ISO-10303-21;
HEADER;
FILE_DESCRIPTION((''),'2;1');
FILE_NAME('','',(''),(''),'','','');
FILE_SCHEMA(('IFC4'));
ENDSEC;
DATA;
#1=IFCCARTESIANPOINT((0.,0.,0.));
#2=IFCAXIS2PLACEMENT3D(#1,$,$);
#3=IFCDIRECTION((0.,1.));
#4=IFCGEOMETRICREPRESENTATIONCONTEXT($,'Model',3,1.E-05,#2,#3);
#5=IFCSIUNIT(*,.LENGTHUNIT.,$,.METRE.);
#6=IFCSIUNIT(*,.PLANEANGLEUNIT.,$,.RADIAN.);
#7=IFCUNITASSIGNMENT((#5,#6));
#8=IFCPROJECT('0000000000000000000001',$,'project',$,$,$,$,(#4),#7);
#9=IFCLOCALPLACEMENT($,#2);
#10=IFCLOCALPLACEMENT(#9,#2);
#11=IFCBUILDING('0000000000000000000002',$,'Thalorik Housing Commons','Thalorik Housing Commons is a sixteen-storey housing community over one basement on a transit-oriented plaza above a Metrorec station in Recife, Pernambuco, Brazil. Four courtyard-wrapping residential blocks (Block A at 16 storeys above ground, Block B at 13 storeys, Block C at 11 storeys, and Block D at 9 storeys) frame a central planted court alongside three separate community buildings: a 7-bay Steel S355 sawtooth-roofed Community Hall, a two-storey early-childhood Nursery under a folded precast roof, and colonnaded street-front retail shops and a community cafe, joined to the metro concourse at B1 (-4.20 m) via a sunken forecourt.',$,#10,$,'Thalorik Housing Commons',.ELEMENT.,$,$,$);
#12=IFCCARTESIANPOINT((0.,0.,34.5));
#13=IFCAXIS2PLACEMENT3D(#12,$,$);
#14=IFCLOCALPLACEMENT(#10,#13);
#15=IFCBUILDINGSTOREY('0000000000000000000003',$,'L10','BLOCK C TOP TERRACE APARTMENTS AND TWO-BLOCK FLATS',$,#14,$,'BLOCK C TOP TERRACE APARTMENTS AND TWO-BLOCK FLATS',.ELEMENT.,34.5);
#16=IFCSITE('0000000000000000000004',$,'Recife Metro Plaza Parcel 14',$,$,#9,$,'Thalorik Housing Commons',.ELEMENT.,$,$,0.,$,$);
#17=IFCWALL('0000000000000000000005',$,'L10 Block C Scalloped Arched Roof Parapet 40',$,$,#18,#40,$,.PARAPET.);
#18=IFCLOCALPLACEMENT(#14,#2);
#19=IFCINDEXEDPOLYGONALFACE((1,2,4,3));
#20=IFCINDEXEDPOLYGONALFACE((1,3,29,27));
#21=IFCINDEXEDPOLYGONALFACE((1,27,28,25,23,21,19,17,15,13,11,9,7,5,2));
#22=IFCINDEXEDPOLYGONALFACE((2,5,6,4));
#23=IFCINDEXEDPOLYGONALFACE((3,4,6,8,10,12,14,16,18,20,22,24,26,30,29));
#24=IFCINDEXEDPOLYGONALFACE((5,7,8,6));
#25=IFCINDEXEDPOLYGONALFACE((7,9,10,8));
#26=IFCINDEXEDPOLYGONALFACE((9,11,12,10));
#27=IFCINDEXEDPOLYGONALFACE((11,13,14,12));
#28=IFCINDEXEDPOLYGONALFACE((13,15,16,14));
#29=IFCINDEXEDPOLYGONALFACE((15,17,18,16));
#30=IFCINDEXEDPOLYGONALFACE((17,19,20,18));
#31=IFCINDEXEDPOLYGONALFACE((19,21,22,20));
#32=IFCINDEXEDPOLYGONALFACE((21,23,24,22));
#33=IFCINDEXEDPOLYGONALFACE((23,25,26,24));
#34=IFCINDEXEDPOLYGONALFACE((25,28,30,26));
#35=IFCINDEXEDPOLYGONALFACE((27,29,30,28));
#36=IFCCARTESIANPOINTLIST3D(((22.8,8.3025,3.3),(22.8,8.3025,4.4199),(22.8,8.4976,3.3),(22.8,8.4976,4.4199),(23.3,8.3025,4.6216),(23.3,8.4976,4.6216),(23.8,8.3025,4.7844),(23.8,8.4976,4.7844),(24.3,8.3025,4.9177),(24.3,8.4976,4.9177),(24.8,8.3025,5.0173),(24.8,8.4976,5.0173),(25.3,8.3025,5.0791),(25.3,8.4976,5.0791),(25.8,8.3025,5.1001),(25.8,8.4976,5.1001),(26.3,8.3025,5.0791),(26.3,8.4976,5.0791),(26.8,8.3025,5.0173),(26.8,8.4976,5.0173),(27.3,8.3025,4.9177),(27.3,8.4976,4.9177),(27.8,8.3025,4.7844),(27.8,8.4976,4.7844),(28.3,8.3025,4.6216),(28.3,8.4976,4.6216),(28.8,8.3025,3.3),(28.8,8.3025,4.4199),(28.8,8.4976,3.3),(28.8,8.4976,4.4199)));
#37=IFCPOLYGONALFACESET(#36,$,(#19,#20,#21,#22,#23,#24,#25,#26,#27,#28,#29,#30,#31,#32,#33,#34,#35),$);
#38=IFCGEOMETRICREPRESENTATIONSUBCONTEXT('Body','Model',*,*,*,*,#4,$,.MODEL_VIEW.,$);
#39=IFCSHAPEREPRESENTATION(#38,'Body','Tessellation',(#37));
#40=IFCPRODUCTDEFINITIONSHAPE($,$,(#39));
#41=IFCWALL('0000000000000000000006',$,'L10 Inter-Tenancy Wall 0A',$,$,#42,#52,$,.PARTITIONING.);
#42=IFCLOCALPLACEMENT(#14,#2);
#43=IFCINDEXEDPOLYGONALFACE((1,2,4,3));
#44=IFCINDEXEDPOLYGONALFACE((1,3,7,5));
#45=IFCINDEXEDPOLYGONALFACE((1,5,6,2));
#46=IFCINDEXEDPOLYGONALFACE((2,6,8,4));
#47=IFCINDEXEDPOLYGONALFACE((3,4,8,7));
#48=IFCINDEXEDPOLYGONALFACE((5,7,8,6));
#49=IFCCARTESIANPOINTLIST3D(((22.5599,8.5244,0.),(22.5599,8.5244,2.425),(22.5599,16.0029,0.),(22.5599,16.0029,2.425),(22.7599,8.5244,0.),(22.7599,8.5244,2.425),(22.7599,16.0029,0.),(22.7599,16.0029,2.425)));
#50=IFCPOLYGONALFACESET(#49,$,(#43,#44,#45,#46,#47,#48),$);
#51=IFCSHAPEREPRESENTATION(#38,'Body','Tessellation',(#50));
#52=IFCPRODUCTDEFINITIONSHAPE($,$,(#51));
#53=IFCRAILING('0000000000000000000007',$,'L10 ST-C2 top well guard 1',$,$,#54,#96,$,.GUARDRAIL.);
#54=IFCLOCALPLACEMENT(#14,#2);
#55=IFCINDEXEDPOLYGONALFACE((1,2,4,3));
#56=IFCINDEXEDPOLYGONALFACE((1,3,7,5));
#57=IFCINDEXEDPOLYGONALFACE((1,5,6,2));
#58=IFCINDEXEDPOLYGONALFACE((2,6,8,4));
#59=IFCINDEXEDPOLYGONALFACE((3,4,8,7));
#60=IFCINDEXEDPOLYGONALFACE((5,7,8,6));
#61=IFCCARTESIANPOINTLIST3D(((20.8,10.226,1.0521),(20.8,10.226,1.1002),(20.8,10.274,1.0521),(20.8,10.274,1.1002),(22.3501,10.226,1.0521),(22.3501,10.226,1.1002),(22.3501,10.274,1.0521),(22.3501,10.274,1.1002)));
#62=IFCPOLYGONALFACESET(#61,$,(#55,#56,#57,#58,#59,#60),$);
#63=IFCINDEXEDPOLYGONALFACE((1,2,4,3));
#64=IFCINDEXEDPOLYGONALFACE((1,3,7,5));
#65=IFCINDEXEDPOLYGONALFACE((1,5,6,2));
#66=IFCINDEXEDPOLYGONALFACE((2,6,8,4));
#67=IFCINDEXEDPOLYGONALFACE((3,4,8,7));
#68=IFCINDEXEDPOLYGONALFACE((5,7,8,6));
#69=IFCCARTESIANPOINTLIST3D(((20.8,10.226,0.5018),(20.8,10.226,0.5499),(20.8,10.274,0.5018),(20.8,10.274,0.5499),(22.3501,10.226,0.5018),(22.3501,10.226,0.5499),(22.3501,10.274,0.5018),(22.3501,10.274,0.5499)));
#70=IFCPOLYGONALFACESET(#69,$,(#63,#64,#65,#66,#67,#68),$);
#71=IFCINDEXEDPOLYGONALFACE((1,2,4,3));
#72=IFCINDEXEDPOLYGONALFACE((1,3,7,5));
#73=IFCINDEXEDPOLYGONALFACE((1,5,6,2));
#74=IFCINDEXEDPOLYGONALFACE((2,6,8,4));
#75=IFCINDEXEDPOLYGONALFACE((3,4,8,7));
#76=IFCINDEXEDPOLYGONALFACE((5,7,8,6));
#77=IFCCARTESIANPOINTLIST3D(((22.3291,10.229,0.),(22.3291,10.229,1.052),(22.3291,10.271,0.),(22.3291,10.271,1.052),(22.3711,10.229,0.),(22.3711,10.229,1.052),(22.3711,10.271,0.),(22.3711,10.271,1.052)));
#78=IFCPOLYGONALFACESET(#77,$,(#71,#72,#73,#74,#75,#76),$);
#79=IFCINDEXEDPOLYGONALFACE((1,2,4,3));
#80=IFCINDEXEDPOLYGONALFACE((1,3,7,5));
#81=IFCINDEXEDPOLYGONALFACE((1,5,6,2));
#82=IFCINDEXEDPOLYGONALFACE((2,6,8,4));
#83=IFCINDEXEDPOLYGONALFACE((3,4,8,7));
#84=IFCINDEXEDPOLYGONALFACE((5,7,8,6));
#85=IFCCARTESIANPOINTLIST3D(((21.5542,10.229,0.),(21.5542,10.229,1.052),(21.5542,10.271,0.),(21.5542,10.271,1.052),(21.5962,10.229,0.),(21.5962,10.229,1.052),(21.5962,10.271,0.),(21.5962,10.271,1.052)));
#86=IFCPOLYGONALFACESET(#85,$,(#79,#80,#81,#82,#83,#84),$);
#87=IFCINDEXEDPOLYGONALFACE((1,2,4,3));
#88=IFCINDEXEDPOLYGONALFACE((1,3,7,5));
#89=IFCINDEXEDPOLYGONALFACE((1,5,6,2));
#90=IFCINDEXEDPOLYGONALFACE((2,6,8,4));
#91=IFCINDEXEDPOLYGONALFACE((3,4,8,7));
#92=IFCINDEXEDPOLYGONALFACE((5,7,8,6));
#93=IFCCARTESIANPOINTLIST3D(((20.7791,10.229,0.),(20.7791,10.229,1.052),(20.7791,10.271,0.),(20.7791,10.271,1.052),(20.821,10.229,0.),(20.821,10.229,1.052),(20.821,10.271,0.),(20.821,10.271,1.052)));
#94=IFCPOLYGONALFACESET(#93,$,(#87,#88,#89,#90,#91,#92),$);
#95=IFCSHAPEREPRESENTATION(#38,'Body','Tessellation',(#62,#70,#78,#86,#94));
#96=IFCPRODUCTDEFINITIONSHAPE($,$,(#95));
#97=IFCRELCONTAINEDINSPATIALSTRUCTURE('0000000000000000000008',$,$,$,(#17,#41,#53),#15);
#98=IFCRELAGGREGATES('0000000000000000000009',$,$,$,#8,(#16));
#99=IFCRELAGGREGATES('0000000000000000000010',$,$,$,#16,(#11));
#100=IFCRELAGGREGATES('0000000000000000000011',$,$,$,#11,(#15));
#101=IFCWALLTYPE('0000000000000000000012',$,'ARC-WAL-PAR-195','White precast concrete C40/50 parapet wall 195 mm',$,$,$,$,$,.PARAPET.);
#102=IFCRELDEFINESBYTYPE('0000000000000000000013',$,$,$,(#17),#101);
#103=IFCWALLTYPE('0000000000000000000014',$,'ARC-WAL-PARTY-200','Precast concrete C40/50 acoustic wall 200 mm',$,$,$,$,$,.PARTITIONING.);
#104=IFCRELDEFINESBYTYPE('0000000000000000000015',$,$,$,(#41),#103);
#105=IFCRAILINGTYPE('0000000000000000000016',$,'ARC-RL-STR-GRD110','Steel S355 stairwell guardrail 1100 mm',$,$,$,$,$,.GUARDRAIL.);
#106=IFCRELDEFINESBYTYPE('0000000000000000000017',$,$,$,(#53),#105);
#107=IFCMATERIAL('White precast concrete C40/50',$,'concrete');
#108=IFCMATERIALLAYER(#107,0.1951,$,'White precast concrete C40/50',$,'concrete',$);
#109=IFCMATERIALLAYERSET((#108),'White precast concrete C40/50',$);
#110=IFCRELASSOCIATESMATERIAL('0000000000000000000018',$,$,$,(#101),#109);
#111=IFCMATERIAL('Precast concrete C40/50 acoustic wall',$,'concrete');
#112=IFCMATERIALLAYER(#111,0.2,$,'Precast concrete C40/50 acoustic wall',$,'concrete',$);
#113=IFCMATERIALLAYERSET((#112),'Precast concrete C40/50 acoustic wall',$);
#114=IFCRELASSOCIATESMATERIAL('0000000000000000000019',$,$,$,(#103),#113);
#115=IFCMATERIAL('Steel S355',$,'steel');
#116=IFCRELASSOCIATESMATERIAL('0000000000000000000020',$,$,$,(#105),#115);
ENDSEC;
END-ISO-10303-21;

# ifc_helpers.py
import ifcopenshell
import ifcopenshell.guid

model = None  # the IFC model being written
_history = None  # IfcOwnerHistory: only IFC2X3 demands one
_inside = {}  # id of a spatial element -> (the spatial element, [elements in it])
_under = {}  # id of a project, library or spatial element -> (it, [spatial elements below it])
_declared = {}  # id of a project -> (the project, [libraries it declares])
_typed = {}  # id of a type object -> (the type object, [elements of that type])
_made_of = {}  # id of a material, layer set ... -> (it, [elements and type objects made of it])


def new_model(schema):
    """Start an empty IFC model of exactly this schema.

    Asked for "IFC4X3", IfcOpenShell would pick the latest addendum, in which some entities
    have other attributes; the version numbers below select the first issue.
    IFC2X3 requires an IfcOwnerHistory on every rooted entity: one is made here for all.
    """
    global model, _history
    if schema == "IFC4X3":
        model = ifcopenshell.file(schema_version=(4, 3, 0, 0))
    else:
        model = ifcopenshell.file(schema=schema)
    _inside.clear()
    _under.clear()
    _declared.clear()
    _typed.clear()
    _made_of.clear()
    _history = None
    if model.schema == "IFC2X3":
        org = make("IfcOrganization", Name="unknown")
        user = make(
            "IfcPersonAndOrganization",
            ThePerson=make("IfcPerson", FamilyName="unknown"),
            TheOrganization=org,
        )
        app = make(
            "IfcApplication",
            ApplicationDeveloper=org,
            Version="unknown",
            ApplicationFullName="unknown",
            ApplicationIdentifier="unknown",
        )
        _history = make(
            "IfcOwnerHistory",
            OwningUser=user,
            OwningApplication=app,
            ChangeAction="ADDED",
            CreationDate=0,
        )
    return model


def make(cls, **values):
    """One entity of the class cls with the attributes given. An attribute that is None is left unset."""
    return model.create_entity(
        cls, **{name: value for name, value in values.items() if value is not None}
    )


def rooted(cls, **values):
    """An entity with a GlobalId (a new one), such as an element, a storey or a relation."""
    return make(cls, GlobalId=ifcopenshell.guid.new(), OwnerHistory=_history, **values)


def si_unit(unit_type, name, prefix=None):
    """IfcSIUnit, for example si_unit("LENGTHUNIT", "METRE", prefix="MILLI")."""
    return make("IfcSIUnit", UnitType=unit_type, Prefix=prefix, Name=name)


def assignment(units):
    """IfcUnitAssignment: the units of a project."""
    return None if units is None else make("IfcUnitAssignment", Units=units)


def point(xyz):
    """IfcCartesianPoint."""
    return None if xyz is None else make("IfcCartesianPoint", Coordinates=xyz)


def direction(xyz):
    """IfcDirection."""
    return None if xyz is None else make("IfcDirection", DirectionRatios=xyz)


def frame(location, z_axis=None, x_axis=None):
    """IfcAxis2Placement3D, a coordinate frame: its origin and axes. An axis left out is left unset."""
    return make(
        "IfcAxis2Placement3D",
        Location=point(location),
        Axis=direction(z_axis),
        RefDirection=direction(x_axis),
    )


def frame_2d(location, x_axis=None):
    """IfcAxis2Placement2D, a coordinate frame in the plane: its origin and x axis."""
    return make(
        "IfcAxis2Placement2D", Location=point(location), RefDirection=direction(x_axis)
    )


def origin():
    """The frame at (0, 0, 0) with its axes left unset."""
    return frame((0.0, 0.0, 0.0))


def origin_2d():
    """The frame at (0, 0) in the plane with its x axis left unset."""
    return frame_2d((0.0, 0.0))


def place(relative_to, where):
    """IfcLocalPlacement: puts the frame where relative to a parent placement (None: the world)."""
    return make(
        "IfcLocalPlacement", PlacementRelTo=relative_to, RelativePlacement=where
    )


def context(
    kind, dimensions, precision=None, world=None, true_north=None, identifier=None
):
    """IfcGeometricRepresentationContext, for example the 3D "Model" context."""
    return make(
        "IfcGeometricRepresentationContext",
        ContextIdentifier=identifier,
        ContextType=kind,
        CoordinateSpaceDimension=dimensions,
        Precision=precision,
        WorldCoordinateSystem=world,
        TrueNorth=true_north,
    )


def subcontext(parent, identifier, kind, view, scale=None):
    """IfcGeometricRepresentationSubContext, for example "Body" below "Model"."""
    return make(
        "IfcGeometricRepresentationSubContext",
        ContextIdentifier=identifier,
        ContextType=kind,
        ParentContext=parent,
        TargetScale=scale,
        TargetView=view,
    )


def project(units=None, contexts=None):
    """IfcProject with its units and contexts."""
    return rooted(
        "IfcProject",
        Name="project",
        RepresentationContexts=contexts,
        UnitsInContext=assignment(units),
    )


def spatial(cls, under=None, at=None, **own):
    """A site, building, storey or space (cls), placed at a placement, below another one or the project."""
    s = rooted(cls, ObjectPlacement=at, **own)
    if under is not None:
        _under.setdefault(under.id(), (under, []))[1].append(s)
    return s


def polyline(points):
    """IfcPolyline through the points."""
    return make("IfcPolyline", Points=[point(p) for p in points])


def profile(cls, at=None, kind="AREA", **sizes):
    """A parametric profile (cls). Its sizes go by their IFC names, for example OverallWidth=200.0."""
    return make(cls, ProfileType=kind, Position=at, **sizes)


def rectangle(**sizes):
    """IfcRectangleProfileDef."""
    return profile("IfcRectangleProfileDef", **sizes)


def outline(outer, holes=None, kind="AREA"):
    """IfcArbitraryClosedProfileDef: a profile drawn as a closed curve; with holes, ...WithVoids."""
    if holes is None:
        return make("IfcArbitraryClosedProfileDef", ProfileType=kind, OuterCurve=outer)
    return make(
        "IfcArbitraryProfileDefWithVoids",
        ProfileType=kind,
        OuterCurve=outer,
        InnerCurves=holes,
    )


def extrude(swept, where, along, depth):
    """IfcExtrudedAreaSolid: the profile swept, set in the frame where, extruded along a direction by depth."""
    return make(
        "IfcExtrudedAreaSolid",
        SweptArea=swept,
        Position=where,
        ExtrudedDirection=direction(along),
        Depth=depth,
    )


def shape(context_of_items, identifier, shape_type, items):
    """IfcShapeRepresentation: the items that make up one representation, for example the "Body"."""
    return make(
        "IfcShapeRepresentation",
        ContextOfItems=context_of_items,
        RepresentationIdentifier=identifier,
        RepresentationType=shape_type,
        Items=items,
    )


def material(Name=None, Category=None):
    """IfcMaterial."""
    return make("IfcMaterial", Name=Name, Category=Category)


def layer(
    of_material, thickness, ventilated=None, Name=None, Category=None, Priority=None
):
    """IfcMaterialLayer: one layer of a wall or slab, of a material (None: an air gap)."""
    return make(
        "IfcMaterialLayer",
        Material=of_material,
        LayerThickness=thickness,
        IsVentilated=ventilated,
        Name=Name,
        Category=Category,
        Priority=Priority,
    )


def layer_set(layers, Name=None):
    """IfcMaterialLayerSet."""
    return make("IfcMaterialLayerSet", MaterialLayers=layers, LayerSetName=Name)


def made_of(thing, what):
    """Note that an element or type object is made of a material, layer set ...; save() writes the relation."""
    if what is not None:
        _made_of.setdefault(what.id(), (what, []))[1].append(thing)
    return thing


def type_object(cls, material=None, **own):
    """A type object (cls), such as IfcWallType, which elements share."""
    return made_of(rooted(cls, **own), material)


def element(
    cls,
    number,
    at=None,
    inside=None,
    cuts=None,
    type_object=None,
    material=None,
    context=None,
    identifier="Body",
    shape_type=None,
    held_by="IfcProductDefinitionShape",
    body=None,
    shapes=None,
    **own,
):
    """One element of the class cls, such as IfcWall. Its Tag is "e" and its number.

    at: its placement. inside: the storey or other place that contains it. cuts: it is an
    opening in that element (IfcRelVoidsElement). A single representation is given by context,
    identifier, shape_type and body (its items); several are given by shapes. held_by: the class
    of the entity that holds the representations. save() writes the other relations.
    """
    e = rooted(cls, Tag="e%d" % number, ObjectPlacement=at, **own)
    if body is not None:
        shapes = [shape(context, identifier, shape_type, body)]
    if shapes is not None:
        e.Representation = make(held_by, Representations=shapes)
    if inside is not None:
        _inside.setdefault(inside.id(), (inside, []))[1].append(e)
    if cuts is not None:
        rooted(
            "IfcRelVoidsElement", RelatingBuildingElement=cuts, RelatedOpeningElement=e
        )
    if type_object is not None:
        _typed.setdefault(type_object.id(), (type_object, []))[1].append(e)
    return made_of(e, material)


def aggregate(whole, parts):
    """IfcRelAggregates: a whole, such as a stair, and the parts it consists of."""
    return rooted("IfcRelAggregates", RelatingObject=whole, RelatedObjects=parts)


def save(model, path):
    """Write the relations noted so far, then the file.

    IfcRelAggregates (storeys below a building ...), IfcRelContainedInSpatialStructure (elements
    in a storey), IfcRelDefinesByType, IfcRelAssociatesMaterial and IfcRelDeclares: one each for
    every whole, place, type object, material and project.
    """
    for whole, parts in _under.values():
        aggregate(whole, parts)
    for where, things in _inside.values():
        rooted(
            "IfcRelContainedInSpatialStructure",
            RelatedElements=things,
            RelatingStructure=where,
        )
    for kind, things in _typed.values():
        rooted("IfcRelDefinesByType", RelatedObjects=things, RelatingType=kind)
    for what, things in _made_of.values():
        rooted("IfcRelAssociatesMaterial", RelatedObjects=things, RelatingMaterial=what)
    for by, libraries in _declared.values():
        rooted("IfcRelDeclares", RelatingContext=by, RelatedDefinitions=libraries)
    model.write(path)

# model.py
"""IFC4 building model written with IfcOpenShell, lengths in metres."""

from ifc_helpers import new_model, si_unit, direction, frame, frame_2d, origin, origin_2d, place, context, subcontext, project, spatial, polyline, rectangle, outline, extrude, material, layer, layer_set, type_object, element, save


model = new_model("IFC4")

# Units and contexts
model_context = context("Model", 3, precision=1e-05, world=origin(), true_north=direction((0.0, 1.0)))
body_context = subcontext(model_context, "Body", "Model", "MODEL_VIEW")
ifc_project = project(units=[si_unit("LENGTHUNIT", "METRE"), si_unit("PLANEANGLEUNIT", "RADIAN")], contexts=[model_context])

# Site, building, storey
site_placement = place(None, origin())
site = spatial("IfcSite", under=ifc_project, at=site_placement, Name="Recife Metro Plaza Parcel 14", LongName="Thalorik Housing Commons", CompositionType="ELEMENT", RefElevation=0.0)
building_placement = place(site_placement, origin())
building = spatial("IfcBuilding", under=site, at=building_placement, Name="Thalorik Housing Commons", Description="Thalorik Housing Commons is a sixteen-storey housing community over one basement on a transit-oriented plaza above a Metrorec station in Recife, Pernambuco, Brazil. Four courtyard-wrapping residential blocks (Block A at 16 storeys above ground, Block B at 13 storeys, Block C at 11 storeys, and Block D at 9 storeys) frame a central planted court alongside three separate community buildings: a 7-bay Steel S355 sawtooth-roofed Community Hall, a two-storey early-childhood Nursery under a folded precast roof, and colonnaded street-front retail shops and a community cafe, joined to the metro concourse at B1 (-4.20 m) via a sunken forecourt.", LongName="Thalorik Housing Commons", CompositionType="ELEMENT")
storey_placement = place(building_placement, frame((0.0, 0.0, 34.5)))
storey = spatial("IfcBuildingStorey", under=building, at=storey_placement, Name="L10", Description="BLOCK C TOP TERRACE APARTMENTS AND TWO-BLOCK FLATS", LongName="BLOCK C TOP TERRACE APARTMENTS AND TWO-BLOCK FLATS", CompositionType="ELEMENT", Elevation=34.5)

# Shared definitions
ifc_material_1 = material(Name="Steel S355", Category="steel")

# Shared definitions
ifc_material_2 = material(Name="White precast concrete C40/50", Category="concrete")

# Walls
ifc_layer_1 = layer(ifc_material_2, 0.1951, Name="White precast concrete C40/50", Category="concrete")
ifc_layer_set_1 = layer_set([ifc_layer_1], Name="White precast concrete C40/50")
wall_type_1 = type_object("IfcWallType", Name="ARC-WAL-PAR-195", Description="White precast concrete C40/50 parapet wall 195 mm", PredefinedType="PARAPET", material=ifc_layer_set_1)
wall_1_placement = place(storey_placement, frame((22.8, 8.3999, 3.3), z_axis=(0.0, 0.0, 1.0), x_axis=(1.0, 0.0, 0.0)))
element("IfcWall", 1, at=wall_1_placement, inside=storey, type_object=wall_type_1, Name="L10 Block C Scalloped Arched Roof Parapet 40", PredefinedType="PARAPET", context=body_context, shape_type="SweptSolid", body=[
    extrude(outline(polyline([(0.0, 0.0), (6.0, 0.0), (6.0, 1.1199), (5.5, 1.3215), (5.0, 1.4844), (4.5, 1.6177), (4.0, 1.7173), (3.5, 1.7791), (3.0, 1.8), (2.5, 1.7791), (2.0, 1.7173), (1.5, 1.6177), (1.0, 1.4844), (0.5, 1.3215), (0.0, 1.1199), (0.0, 0.0)])), frame((0.0, 0.0977, 0.0), z_axis=(0.0, -1.0, 0.0), x_axis=(1.0, 0.0, 0.0)), (0.0, 0.0, 1.0), 0.1951),
])
ifc_material_3 = material(Name="Precast concrete C40/50 acoustic wall", Category="concrete")
ifc_layer_2 = layer(ifc_material_3, 0.2, Name="Precast concrete C40/50 acoustic wall", Category="concrete")
ifc_layer_set_2 = layer_set([ifc_layer_2], Name="Precast concrete C40/50 acoustic wall")
wall_type_2 = type_object("IfcWallType", Name="ARC-WAL-PARTY-200", Description="Precast concrete C40/50 acoustic wall 200 mm", PredefinedType="PARTITIONING", material=ifc_layer_set_2)
wall_2_placement = place(storey_placement, frame((22.6599, 8.5244, 0.0), z_axis=(0.0, 0.0, 1.0), x_axis=(0.0, 1.0, 0.0)))
element("IfcWall", 2, at=wall_2_placement, inside=storey, type_object=wall_type_2, Name="L10 Inter-Tenancy Wall 0A", PredefinedType="PARTITIONING", context=body_context, shape_type="SweptSolid", body=[
    extrude(rectangle(XDim=7.4785, YDim=0.2, at=frame_2d((3.7393, 0.0))), origin(), (0.0, 0.0, 1.0), 2.425),
])

# Railing
railing_type_1 = type_object("IfcRailingType", Name="ARC-RL-STR-GRD110", Description="Steel S355 stairwell guardrail 1100 mm", PredefinedType="GUARDRAIL", material=ifc_material_1)
railing_1_placement = place(storey_placement, frame((22.3501, 10.25, 0.0)))
element("IfcRailing", 3, at=railing_1_placement, inside=storey, type_object=railing_type_1, Name="L10 ST-C2 top well guard 1", PredefinedType="GUARDRAIL", context=body_context, shape_type="SweptSolid", body=[
    extrude(rectangle(XDim=0.0481, YDim=0.0481, at=origin_2d()), frame((0.0, 0.0, 1.0762), z_axis=(-1.0, 0.0, 0.0), x_axis=(0.0, -1.0, 0.0)), (0.0, 0.0, 1.0), 1.55),
    extrude(rectangle(XDim=0.0481, YDim=0.0481, at=origin_2d()), frame((0.0, 0.0, 0.5259), z_axis=(-1.0, 0.0, 0.0), x_axis=(0.0, -1.0, 0.0)), (0.0, 0.0, 1.0), 1.55),
    extrude(rectangle(XDim=0.042, YDim=0.042, at=origin_2d()), origin(), (0.0, 0.0, 1.0), 1.052),
    extrude(rectangle(XDim=0.042, YDim=0.042, at=origin_2d()), frame((-0.7749, 0.0, 0.0)), (0.0, 0.0, 1.0), 1.052),
    extrude(rectangle(XDim=0.042, YDim=0.042, at=origin_2d()), frame((-1.55, 0.0, 0.0)), (0.0, 0.0, 1.0), 1.052),
])

save(model, "model.ifc")
